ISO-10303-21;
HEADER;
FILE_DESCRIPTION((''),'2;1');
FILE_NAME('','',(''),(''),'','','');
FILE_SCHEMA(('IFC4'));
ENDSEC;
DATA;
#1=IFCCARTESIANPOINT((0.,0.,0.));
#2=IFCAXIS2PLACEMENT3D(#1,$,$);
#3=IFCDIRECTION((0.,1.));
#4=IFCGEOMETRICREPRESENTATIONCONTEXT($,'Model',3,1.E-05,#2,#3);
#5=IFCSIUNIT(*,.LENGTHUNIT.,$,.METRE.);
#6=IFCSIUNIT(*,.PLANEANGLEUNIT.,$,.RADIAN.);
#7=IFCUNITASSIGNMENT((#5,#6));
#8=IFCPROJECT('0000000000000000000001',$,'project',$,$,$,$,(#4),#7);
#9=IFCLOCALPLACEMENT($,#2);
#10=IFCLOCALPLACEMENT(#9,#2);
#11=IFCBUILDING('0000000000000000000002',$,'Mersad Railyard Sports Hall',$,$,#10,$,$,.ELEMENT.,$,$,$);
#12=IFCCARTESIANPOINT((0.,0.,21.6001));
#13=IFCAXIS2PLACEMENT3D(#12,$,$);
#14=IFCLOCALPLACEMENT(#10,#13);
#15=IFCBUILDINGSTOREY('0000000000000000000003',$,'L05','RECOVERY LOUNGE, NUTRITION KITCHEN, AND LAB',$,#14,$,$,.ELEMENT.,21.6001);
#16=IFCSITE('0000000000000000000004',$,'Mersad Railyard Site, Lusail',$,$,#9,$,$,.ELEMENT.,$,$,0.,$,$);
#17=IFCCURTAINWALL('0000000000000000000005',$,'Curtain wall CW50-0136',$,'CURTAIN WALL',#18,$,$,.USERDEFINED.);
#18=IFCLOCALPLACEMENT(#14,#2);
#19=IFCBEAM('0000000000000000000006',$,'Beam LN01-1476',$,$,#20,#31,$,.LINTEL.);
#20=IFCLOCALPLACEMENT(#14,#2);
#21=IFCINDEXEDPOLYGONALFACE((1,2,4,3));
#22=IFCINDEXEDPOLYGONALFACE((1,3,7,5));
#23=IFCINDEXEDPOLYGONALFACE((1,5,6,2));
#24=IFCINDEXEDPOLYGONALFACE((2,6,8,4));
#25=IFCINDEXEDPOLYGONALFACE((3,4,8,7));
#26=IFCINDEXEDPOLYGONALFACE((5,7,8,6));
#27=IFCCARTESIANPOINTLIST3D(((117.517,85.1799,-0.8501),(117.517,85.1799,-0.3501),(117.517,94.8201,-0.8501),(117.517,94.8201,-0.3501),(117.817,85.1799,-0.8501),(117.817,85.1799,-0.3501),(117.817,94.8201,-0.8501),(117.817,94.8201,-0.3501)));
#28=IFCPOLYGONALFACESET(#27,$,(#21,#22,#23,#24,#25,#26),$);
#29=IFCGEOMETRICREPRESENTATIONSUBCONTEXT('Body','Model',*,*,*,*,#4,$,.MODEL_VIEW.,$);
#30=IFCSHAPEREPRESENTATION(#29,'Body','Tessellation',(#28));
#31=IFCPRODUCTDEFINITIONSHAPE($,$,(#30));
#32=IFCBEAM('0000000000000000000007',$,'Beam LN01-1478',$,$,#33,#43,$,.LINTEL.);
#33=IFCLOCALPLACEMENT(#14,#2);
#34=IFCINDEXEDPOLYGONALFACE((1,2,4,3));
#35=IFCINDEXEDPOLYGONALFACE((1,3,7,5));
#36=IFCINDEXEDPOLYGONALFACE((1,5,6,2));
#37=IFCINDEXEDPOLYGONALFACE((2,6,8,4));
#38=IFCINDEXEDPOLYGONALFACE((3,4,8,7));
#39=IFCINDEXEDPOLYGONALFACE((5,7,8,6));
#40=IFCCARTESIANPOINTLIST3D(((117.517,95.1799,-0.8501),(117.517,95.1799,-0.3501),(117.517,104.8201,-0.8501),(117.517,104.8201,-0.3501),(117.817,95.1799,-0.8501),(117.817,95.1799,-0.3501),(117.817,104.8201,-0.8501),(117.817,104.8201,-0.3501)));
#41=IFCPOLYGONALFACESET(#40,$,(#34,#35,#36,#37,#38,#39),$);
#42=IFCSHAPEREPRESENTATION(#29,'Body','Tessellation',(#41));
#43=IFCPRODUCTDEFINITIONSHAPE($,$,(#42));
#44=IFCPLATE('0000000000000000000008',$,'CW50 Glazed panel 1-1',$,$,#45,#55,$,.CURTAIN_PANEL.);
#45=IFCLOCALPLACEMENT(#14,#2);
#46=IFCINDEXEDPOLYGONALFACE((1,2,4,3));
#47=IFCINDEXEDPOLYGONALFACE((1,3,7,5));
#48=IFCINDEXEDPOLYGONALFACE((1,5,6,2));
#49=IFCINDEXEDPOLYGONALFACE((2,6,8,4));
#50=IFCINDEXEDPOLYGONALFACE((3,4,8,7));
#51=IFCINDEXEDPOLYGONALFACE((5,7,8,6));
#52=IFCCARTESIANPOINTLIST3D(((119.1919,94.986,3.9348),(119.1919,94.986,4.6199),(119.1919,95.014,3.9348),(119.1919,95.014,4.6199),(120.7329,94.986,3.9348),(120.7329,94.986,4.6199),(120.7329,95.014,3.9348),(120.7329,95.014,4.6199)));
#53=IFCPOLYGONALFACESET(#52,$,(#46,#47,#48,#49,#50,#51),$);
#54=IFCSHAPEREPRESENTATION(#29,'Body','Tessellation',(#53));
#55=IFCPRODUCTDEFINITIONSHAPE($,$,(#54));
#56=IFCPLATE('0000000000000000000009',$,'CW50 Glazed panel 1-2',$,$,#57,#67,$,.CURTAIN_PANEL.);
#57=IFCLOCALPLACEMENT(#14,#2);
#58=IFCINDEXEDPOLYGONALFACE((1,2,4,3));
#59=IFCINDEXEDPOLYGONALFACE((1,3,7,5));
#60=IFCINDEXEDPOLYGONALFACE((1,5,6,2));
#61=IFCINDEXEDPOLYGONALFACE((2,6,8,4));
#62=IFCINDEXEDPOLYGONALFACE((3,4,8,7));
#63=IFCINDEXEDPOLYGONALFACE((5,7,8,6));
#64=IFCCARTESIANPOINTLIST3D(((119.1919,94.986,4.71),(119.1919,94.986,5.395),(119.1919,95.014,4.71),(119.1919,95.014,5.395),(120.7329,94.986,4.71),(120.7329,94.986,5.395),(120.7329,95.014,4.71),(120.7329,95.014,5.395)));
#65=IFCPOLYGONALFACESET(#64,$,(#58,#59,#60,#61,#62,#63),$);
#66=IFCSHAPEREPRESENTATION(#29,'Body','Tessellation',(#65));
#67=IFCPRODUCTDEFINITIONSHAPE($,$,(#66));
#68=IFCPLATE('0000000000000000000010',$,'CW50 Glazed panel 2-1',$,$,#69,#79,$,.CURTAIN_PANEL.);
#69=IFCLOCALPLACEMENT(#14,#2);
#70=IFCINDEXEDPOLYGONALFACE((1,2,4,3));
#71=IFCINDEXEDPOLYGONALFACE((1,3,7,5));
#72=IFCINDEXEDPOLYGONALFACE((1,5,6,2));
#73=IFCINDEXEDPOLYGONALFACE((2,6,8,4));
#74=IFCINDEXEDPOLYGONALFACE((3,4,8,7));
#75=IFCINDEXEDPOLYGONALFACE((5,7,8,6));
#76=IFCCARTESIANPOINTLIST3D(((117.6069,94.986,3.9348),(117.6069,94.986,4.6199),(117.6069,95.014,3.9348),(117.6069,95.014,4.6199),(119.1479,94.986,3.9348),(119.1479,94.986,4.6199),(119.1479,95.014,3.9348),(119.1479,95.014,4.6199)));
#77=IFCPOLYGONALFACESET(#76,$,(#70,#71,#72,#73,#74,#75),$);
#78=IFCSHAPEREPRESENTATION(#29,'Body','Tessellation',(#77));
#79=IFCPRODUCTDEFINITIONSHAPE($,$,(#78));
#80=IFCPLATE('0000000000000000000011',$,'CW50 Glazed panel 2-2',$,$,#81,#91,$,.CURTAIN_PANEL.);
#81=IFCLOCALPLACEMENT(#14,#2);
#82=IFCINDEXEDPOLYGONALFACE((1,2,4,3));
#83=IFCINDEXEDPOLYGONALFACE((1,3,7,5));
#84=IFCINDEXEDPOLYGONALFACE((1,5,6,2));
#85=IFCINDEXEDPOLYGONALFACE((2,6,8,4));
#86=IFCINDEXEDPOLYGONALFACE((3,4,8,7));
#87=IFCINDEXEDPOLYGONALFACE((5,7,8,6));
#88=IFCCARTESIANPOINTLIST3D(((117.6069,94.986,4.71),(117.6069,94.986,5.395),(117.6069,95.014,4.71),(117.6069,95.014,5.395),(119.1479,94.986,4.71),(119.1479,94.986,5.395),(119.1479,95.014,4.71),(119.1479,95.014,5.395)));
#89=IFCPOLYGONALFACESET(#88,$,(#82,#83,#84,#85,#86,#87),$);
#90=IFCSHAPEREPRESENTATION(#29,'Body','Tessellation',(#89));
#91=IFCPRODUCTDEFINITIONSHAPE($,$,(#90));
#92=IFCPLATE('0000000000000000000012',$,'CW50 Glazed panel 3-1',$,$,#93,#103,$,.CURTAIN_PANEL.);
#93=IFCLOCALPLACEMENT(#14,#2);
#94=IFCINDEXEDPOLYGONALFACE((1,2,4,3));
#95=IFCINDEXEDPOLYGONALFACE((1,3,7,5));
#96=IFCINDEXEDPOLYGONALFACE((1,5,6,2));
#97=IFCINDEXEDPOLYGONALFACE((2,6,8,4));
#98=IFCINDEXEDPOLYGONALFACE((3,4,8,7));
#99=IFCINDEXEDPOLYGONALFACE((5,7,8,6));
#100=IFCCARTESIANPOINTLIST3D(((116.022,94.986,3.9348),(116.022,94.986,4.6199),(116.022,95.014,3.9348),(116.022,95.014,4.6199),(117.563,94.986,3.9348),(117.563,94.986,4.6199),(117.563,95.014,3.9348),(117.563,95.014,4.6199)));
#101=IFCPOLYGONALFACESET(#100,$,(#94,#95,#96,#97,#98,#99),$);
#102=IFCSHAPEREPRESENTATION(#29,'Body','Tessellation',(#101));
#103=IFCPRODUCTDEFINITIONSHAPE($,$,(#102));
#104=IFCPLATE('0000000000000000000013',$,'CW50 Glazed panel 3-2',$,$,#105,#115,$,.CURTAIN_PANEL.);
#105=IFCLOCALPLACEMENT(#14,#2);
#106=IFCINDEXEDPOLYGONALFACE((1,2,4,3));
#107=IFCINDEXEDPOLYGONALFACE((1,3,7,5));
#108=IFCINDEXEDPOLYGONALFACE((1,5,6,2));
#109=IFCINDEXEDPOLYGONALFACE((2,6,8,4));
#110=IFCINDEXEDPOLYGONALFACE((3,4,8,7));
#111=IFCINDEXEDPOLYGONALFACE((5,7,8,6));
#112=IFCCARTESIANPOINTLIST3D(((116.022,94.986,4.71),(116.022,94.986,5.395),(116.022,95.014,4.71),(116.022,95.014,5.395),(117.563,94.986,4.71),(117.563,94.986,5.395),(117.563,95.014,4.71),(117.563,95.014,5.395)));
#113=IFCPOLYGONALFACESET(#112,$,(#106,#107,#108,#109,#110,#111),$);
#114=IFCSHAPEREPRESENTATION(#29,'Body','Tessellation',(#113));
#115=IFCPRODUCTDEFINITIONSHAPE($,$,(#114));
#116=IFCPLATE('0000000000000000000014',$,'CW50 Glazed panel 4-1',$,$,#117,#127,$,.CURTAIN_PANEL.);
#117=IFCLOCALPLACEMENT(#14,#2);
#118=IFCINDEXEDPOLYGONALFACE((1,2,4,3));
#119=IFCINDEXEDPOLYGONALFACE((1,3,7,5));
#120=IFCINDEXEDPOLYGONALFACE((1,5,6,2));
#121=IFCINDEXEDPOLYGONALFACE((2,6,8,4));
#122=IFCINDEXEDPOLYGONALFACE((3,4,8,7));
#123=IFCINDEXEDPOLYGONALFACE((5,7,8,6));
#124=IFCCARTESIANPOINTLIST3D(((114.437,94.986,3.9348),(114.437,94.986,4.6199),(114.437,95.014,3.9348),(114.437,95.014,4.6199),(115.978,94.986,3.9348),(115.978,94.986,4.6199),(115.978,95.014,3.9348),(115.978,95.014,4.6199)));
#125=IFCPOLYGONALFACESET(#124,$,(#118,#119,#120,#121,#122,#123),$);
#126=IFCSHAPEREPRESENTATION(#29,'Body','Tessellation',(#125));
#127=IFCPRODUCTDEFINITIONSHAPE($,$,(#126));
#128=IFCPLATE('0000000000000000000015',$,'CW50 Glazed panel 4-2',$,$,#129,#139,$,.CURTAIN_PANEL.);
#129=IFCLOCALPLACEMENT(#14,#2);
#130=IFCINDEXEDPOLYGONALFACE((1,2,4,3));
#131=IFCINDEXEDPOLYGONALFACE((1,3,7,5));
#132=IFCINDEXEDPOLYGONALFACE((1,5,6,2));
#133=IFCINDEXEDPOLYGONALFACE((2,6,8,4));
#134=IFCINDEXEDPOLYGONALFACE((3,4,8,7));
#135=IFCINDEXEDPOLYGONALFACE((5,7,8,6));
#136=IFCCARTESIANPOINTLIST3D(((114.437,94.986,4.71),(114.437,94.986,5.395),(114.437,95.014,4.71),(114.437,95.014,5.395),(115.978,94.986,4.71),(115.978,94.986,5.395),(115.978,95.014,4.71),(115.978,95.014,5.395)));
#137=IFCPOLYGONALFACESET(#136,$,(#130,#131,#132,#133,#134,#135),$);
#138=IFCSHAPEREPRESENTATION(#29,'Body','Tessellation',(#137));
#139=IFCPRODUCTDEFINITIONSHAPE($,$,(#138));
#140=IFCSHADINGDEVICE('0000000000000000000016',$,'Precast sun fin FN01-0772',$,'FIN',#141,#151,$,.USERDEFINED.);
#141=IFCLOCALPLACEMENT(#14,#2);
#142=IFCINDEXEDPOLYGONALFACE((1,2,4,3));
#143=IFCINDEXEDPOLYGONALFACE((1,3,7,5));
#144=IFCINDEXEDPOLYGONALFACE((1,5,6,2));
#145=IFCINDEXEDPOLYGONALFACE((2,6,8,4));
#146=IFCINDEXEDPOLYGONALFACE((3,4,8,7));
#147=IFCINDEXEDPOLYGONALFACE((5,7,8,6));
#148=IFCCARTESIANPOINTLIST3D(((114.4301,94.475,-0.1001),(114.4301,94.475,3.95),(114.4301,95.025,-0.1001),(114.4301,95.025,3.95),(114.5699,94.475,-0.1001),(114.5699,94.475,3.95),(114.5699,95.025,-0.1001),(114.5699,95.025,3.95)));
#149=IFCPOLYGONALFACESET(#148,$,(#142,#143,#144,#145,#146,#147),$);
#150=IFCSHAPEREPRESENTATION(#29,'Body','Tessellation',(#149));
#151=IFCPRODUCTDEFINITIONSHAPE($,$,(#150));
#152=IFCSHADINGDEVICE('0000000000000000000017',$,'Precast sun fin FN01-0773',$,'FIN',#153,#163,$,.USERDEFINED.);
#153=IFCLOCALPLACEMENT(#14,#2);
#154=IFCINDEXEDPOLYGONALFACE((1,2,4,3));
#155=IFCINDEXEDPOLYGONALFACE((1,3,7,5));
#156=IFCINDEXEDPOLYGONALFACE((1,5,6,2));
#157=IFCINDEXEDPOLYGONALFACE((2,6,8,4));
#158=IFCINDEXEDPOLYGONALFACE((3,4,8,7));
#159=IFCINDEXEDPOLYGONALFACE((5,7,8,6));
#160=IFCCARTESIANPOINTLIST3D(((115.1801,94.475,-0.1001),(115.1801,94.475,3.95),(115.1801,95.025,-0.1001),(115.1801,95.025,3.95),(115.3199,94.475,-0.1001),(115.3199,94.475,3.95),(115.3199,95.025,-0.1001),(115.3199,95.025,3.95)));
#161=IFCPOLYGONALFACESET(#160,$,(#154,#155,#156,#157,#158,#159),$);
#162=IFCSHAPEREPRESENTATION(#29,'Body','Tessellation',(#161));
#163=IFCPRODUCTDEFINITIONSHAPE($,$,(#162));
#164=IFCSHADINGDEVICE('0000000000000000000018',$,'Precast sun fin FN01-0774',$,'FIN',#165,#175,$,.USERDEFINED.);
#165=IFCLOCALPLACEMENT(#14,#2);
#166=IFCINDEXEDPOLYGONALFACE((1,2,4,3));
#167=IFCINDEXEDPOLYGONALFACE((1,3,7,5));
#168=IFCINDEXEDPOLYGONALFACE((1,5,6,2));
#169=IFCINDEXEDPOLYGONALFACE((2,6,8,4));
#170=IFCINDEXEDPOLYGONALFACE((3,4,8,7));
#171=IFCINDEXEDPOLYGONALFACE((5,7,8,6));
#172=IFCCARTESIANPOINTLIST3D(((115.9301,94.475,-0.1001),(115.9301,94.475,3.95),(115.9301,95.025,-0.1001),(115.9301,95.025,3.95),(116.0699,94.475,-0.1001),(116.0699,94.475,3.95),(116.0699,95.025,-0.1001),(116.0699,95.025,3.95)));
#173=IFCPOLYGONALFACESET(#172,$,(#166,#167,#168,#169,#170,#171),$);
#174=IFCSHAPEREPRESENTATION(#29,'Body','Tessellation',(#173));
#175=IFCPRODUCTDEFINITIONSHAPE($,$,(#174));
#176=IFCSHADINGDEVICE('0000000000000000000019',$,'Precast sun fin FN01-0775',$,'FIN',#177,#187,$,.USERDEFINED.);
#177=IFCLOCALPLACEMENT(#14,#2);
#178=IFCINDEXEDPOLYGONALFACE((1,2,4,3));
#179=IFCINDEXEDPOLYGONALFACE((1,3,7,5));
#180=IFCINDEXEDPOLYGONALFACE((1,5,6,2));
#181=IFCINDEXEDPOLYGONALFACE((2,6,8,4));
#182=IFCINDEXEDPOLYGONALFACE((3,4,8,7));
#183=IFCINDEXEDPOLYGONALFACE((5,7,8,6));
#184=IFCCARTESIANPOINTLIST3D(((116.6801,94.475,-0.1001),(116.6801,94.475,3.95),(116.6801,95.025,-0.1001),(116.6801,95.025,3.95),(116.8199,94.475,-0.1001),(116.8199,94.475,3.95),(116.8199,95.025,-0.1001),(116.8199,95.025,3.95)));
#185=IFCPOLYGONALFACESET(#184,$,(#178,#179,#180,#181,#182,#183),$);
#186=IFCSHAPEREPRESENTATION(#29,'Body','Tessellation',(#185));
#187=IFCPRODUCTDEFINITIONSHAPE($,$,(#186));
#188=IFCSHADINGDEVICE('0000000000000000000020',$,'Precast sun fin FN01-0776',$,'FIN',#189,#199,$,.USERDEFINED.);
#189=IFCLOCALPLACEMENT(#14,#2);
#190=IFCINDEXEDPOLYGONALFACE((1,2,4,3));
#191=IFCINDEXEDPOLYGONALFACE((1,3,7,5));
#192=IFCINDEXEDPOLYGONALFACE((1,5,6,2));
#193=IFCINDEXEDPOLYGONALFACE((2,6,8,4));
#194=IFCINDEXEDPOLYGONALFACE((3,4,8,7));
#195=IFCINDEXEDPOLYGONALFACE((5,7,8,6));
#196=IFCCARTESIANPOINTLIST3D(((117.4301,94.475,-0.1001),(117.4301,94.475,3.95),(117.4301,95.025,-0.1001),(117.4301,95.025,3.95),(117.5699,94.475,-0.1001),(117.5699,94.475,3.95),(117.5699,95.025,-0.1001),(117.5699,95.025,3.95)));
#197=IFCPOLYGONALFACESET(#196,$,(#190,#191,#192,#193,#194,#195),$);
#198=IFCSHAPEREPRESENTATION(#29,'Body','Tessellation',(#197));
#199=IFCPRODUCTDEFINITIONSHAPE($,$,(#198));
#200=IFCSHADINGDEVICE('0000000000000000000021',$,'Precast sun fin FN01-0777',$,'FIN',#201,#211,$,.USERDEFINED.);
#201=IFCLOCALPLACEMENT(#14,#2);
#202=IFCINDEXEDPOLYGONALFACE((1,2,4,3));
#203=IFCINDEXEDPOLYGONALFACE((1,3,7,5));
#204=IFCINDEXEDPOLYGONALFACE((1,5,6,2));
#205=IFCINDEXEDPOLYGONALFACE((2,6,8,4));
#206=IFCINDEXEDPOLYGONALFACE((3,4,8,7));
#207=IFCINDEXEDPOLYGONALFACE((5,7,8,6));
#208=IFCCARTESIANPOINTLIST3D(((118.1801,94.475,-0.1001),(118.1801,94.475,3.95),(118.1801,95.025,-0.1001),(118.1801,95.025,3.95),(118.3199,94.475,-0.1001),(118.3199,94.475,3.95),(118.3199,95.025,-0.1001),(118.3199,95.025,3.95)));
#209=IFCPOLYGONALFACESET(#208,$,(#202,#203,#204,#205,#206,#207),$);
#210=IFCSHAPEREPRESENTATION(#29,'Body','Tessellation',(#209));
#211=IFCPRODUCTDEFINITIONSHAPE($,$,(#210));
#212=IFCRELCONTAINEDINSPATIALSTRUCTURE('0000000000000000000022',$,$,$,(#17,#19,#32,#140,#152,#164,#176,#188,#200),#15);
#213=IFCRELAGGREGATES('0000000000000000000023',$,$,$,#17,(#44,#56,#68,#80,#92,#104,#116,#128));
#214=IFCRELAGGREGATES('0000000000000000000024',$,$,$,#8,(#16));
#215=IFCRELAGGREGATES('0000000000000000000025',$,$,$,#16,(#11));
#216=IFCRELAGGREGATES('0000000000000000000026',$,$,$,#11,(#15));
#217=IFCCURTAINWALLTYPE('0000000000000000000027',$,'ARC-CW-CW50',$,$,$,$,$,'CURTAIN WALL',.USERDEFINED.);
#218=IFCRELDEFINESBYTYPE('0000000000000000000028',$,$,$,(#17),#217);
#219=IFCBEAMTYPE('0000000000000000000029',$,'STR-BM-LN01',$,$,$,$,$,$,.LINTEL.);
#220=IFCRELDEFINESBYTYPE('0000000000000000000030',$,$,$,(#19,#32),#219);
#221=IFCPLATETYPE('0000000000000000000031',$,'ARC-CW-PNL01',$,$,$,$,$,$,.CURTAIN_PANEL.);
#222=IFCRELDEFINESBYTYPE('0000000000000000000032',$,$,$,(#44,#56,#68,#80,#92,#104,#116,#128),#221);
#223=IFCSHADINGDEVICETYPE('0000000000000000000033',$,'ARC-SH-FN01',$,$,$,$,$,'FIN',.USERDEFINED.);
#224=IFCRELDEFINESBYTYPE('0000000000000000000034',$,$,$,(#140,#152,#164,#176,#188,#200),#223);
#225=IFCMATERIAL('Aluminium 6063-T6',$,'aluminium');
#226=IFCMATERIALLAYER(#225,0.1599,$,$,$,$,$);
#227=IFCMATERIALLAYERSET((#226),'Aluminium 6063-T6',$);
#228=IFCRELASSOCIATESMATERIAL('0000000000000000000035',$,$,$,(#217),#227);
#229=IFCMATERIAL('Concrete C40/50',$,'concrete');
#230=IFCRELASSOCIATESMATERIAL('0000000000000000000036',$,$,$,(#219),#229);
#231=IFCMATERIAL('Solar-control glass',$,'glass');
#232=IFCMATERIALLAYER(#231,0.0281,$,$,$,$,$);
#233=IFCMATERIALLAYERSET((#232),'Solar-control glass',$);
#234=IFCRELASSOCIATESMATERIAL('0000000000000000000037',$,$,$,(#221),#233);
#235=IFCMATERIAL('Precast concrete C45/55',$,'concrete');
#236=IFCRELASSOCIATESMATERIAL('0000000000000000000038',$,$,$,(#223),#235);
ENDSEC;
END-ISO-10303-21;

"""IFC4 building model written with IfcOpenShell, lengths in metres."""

from ifc_helpers import new_model, si_unit, direction, frame, origin, origin_2d, place, context, subcontext, project, spatial, rectangle, extrude, material, layer, layer_set, material_profile, profile_set, type_object, element, aggregate, save


model = new_model("IFC4")

# Units and contexts
model_context = context("Model", 3, precision=1e-05, world=origin(), true_north=direction((0.0, 1.0)))
body_context = subcontext(model_context, "Body", "Model", "MODEL_VIEW")
ifc_project = project(units=[si_unit("LENGTHUNIT", "METRE"), si_unit("PLANEANGLEUNIT", "RADIAN")], contexts=[model_context])

# Site, building, storey
site_placement = place(None, origin())
site = spatial("IfcSite", under=ifc_project, at=site_placement, Name="Mersad Railyard Site, Lusail", CompositionType="ELEMENT", RefElevation=0.0)
building_placement = place(site_placement, origin())
building = spatial("IfcBuilding", under=site, at=building_placement, Name="Mersad Railyard Sports Hall", CompositionType="ELEMENT")
storey_placement = place(building_placement, frame((0.0, 0.0, 21.6001)))
storey = spatial("IfcBuildingStorey", under=building, at=storey_placement, Name="L05", Description="RECOVERY LOUNGE, NUTRITION KITCHEN, AND LAB", CompositionType="ELEMENT", Elevation=21.6001)

# Shared definitions
ifc_material_1 = material(Name="Concrete C40/50", Category="concrete")

# Curtain wall
ifc_material_2 = material(Name="Aluminium 6063-T6", Category="aluminium")
ifc_layer_1 = layer(ifc_material_2, 0.1599)
ifc_layer_set_1 = layer_set([ifc_layer_1], Name="Aluminium 6063-T6")
curtain_wall_type = type_object("IfcCurtainWallType", Name="ARC-CW-CW50", ElementType="CURTAIN WALL", PredefinedType="USERDEFINED", material=ifc_layer_set_1)
curtain_wall_placement = place(storey_placement, origin())
curtain_wall = element("IfcCurtainWall", 1, at=curtain_wall_placement, inside=storey, type_object=curtain_wall_type, Name="Curtain wall CW50-0136", ObjectType="CURTAIN WALL", PredefinedType="USERDEFINED")

# Beams
ifc_material_profile_1 = material_profile(ifc_material_1, rectangle(XDim=0.3, YDim=0.5, at=origin_2d()), Name="RC 300x500")
ifc_profile_set_1 = profile_set([ifc_material_profile_1], Name="Concrete C40/50")
beam_type_1 = type_object("IfcBeamType", Name="STR-BM-LN01", PredefinedType="LINTEL", material=ifc_profile_set_1)
for number, where, z_axis, x_axis, name in (
    (2, (117.667, 85.1799, -0.6001), (0.0, 1.0, 0.0), (-1.0, 0.0, 0.0), "Beam LN01-1476"),
    (3, (117.667, 95.1799, -0.6001), (0.0, 1.0, 0.0), (-1.0, 0.0, 0.0), "Beam LN01-1478"),
):
    element("IfcBeam", number, at=place(storey_placement, frame(where, z_axis=z_axis, x_axis=x_axis)), inside=storey, type_object=beam_type_1, Name=name, PredefinedType="LINTEL", context=body_context, shape_type="SweptSolid", body=[
        extrude(rectangle(XDim=0.3, YDim=0.5, at=origin_2d()), origin(), (0.0, 0.0, 1.0), 9.6401),
    ])

# Plates
ifc_material_3 = material(Name="Solar-control glass", Category="glass")
ifc_layer_2 = layer(ifc_material_3, 0.0281)
ifc_layer_set_2 = layer_set([ifc_layer_2], Name="Solar-control glass")
plate_type = type_object("IfcPlateType", Name="ARC-CW-PNL01", PredefinedType="CURTAIN_PANEL", material=ifc_layer_set_2)
plate_1_placement = place(storey_placement, frame((119.9624, 95.0, 3.9348), z_axis=(0.0, 0.0, 1.0), x_axis=(-1.0, 0.0, 0.0)))
plate_1 = element("IfcPlate", 4, at=plate_1_placement, type_object=plate_type, Name="CW50 Glazed panel 1-1", PredefinedType="CURTAIN_PANEL", context=body_context, shape_type="SweptSolid", body=[
    extrude(rectangle(XDim=1.541, YDim=0.0281, at=origin_2d()), origin(), (0.0, 0.0, 1.0), 0.6851),
])
plate_2_placement = place(storey_placement, frame((119.9624, 95.0, 4.71), z_axis=(0.0, 0.0, 1.0), x_axis=(-1.0, 0.0, 0.0)))
plate_2 = element("IfcPlate", 5, at=plate_2_placement, type_object=plate_type, Name="CW50 Glazed panel 1-2", PredefinedType="CURTAIN_PANEL", context=body_context, shape_type="SweptSolid", body=[
    extrude(rectangle(XDim=1.541, YDim=0.0281, at=origin_2d()), origin(), (0.0, 0.0, 1.0), 0.6851),
])
plate_3_placement = place(storey_placement, frame((118.3774, 95.0, 3.9348), z_axis=(0.0, 0.0, 1.0), x_axis=(-1.0, 0.0, 0.0)))
plate_3 = element("IfcPlate", 6, at=plate_3_placement, type_object=plate_type, Name="CW50 Glazed panel 2-1", PredefinedType="CURTAIN_PANEL", context=body_context, shape_type="SweptSolid", body=[
    extrude(rectangle(XDim=1.541, YDim=0.0281, at=origin_2d()), origin(), (0.0, 0.0, 1.0), 0.6851),
])
plate_4_placement = place(storey_placement, frame((118.3774, 95.0, 4.71), z_axis=(0.0, 0.0, 1.0), x_axis=(-1.0, 0.0, 0.0)))
plate_4 = element("IfcPlate", 7, at=plate_4_placement, type_object=plate_type, Name="CW50 Glazed panel 2-2", PredefinedType="CURTAIN_PANEL", context=body_context, shape_type="SweptSolid", body=[
    extrude(rectangle(XDim=1.541, YDim=0.0281, at=origin_2d()), origin(), (0.0, 0.0, 1.0), 0.6851),
])
plate_5_placement = place(storey_placement, frame((116.7925, 95.0, 3.9348), z_axis=(0.0, 0.0, 1.0), x_axis=(-1.0, 0.0, 0.0)))
plate_5 = element("IfcPlate", 8, at=plate_5_placement, type_object=plate_type, Name="CW50 Glazed panel 3-1", PredefinedType="CURTAIN_PANEL", context=body_context, shape_type="SweptSolid", body=[
    extrude(rectangle(XDim=1.541, YDim=0.0281, at=origin_2d()), origin(), (0.0, 0.0, 1.0), 0.6851),
])
plate_6_placement = place(storey_placement, frame((116.7925, 95.0, 4.71), z_axis=(0.0, 0.0, 1.0), x_axis=(-1.0, 0.0, 0.0)))
plate_6 = element("IfcPlate", 9, at=plate_6_placement, type_object=plate_type, Name="CW50 Glazed panel 3-2", PredefinedType="CURTAIN_PANEL", context=body_context, shape_type="SweptSolid", body=[
    extrude(rectangle(XDim=1.541, YDim=0.0281, at=origin_2d()), origin(), (0.0, 0.0, 1.0), 0.6851),
])
plate_7_placement = place(storey_placement, frame((115.2075, 95.0, 3.9348), z_axis=(0.0, 0.0, 1.0), x_axis=(-1.0, 0.0, 0.0)))
plate_7 = element("IfcPlate", 10, at=plate_7_placement, type_object=plate_type, Name="CW50 Glazed panel 4-1", PredefinedType="CURTAIN_PANEL", context=body_context, shape_type="SweptSolid", body=[
    extrude(rectangle(XDim=1.541, YDim=0.0281, at=origin_2d()), origin(), (0.0, 0.0, 1.0), 0.6851),
])
plate_8_placement = place(storey_placement, frame((115.2075, 95.0, 4.71), z_axis=(0.0, 0.0, 1.0), x_axis=(-1.0, 0.0, 0.0)))
plate_8 = element("IfcPlate", 11, at=plate_8_placement, type_object=plate_type, Name="CW50 Glazed panel 4-2", PredefinedType="CURTAIN_PANEL", context=body_context, shape_type="SweptSolid", body=[
    extrude(rectangle(XDim=1.541, YDim=0.0281, at=origin_2d()), origin(), (0.0, 0.0, 1.0), 0.6851),
])
aggregate(curtain_wall, [plate_1, plate_2, plate_3, plate_4, plate_5, plate_6, plate_7, plate_8])

# Shading devices
ifc_material_4 = material(Name="Precast concrete C45/55", Category="concrete")
shading_device_type = type_object("IfcShadingDeviceType", Name="ARC-SH-FN01", ElementType="FIN", PredefinedType="USERDEFINED", material=ifc_material_4)
for number, where, z_axis, x_axis, name in (
    (12, (114.5, 94.75, -0.1001), (0.0, 0.0, 1.0), (1.0, 0.0, 0.0), "Precast sun fin FN01-0772"),
    (13, (115.25, 94.75, -0.1001), (0.0, 0.0, 1.0), (1.0, 0.0, 0.0), "Precast sun fin FN01-0773"),
    (14, (116.0, 94.75, -0.1001), (0.0, 0.0, 1.0), (1.0, 0.0, 0.0), "Precast sun fin FN01-0774"),
    (15, (116.75, 94.75, -0.1001), (0.0, 0.0, 1.0), (1.0, 0.0, 0.0), "Precast sun fin FN01-0775"),
    (16, (117.5, 94.75, -0.1001), (0.0, 0.0, 1.0), (1.0, 0.0, 0.0), "Precast sun fin FN01-0776"),
    (17, (118.25, 94.75, -0.1001), (0.0, 0.0, 1.0), (1.0, 0.0, 0.0), "Precast sun fin FN01-0777"),
):
    element("IfcShadingDevice", number, at=place(storey_placement, frame(where, z_axis=z_axis, x_axis=x_axis)), inside=storey, type_object=shading_device_type, Name=name, ObjectType="FIN", PredefinedType="USERDEFINED", context=body_context, shape_type="SweptSolid", body=[
        extrude(rectangle(XDim=0.1399, YDim=0.55, at=origin_2d()), origin(), (0.0, 0.0, 1.0), 4.05),
    ])

save(model, "model.ifc")
